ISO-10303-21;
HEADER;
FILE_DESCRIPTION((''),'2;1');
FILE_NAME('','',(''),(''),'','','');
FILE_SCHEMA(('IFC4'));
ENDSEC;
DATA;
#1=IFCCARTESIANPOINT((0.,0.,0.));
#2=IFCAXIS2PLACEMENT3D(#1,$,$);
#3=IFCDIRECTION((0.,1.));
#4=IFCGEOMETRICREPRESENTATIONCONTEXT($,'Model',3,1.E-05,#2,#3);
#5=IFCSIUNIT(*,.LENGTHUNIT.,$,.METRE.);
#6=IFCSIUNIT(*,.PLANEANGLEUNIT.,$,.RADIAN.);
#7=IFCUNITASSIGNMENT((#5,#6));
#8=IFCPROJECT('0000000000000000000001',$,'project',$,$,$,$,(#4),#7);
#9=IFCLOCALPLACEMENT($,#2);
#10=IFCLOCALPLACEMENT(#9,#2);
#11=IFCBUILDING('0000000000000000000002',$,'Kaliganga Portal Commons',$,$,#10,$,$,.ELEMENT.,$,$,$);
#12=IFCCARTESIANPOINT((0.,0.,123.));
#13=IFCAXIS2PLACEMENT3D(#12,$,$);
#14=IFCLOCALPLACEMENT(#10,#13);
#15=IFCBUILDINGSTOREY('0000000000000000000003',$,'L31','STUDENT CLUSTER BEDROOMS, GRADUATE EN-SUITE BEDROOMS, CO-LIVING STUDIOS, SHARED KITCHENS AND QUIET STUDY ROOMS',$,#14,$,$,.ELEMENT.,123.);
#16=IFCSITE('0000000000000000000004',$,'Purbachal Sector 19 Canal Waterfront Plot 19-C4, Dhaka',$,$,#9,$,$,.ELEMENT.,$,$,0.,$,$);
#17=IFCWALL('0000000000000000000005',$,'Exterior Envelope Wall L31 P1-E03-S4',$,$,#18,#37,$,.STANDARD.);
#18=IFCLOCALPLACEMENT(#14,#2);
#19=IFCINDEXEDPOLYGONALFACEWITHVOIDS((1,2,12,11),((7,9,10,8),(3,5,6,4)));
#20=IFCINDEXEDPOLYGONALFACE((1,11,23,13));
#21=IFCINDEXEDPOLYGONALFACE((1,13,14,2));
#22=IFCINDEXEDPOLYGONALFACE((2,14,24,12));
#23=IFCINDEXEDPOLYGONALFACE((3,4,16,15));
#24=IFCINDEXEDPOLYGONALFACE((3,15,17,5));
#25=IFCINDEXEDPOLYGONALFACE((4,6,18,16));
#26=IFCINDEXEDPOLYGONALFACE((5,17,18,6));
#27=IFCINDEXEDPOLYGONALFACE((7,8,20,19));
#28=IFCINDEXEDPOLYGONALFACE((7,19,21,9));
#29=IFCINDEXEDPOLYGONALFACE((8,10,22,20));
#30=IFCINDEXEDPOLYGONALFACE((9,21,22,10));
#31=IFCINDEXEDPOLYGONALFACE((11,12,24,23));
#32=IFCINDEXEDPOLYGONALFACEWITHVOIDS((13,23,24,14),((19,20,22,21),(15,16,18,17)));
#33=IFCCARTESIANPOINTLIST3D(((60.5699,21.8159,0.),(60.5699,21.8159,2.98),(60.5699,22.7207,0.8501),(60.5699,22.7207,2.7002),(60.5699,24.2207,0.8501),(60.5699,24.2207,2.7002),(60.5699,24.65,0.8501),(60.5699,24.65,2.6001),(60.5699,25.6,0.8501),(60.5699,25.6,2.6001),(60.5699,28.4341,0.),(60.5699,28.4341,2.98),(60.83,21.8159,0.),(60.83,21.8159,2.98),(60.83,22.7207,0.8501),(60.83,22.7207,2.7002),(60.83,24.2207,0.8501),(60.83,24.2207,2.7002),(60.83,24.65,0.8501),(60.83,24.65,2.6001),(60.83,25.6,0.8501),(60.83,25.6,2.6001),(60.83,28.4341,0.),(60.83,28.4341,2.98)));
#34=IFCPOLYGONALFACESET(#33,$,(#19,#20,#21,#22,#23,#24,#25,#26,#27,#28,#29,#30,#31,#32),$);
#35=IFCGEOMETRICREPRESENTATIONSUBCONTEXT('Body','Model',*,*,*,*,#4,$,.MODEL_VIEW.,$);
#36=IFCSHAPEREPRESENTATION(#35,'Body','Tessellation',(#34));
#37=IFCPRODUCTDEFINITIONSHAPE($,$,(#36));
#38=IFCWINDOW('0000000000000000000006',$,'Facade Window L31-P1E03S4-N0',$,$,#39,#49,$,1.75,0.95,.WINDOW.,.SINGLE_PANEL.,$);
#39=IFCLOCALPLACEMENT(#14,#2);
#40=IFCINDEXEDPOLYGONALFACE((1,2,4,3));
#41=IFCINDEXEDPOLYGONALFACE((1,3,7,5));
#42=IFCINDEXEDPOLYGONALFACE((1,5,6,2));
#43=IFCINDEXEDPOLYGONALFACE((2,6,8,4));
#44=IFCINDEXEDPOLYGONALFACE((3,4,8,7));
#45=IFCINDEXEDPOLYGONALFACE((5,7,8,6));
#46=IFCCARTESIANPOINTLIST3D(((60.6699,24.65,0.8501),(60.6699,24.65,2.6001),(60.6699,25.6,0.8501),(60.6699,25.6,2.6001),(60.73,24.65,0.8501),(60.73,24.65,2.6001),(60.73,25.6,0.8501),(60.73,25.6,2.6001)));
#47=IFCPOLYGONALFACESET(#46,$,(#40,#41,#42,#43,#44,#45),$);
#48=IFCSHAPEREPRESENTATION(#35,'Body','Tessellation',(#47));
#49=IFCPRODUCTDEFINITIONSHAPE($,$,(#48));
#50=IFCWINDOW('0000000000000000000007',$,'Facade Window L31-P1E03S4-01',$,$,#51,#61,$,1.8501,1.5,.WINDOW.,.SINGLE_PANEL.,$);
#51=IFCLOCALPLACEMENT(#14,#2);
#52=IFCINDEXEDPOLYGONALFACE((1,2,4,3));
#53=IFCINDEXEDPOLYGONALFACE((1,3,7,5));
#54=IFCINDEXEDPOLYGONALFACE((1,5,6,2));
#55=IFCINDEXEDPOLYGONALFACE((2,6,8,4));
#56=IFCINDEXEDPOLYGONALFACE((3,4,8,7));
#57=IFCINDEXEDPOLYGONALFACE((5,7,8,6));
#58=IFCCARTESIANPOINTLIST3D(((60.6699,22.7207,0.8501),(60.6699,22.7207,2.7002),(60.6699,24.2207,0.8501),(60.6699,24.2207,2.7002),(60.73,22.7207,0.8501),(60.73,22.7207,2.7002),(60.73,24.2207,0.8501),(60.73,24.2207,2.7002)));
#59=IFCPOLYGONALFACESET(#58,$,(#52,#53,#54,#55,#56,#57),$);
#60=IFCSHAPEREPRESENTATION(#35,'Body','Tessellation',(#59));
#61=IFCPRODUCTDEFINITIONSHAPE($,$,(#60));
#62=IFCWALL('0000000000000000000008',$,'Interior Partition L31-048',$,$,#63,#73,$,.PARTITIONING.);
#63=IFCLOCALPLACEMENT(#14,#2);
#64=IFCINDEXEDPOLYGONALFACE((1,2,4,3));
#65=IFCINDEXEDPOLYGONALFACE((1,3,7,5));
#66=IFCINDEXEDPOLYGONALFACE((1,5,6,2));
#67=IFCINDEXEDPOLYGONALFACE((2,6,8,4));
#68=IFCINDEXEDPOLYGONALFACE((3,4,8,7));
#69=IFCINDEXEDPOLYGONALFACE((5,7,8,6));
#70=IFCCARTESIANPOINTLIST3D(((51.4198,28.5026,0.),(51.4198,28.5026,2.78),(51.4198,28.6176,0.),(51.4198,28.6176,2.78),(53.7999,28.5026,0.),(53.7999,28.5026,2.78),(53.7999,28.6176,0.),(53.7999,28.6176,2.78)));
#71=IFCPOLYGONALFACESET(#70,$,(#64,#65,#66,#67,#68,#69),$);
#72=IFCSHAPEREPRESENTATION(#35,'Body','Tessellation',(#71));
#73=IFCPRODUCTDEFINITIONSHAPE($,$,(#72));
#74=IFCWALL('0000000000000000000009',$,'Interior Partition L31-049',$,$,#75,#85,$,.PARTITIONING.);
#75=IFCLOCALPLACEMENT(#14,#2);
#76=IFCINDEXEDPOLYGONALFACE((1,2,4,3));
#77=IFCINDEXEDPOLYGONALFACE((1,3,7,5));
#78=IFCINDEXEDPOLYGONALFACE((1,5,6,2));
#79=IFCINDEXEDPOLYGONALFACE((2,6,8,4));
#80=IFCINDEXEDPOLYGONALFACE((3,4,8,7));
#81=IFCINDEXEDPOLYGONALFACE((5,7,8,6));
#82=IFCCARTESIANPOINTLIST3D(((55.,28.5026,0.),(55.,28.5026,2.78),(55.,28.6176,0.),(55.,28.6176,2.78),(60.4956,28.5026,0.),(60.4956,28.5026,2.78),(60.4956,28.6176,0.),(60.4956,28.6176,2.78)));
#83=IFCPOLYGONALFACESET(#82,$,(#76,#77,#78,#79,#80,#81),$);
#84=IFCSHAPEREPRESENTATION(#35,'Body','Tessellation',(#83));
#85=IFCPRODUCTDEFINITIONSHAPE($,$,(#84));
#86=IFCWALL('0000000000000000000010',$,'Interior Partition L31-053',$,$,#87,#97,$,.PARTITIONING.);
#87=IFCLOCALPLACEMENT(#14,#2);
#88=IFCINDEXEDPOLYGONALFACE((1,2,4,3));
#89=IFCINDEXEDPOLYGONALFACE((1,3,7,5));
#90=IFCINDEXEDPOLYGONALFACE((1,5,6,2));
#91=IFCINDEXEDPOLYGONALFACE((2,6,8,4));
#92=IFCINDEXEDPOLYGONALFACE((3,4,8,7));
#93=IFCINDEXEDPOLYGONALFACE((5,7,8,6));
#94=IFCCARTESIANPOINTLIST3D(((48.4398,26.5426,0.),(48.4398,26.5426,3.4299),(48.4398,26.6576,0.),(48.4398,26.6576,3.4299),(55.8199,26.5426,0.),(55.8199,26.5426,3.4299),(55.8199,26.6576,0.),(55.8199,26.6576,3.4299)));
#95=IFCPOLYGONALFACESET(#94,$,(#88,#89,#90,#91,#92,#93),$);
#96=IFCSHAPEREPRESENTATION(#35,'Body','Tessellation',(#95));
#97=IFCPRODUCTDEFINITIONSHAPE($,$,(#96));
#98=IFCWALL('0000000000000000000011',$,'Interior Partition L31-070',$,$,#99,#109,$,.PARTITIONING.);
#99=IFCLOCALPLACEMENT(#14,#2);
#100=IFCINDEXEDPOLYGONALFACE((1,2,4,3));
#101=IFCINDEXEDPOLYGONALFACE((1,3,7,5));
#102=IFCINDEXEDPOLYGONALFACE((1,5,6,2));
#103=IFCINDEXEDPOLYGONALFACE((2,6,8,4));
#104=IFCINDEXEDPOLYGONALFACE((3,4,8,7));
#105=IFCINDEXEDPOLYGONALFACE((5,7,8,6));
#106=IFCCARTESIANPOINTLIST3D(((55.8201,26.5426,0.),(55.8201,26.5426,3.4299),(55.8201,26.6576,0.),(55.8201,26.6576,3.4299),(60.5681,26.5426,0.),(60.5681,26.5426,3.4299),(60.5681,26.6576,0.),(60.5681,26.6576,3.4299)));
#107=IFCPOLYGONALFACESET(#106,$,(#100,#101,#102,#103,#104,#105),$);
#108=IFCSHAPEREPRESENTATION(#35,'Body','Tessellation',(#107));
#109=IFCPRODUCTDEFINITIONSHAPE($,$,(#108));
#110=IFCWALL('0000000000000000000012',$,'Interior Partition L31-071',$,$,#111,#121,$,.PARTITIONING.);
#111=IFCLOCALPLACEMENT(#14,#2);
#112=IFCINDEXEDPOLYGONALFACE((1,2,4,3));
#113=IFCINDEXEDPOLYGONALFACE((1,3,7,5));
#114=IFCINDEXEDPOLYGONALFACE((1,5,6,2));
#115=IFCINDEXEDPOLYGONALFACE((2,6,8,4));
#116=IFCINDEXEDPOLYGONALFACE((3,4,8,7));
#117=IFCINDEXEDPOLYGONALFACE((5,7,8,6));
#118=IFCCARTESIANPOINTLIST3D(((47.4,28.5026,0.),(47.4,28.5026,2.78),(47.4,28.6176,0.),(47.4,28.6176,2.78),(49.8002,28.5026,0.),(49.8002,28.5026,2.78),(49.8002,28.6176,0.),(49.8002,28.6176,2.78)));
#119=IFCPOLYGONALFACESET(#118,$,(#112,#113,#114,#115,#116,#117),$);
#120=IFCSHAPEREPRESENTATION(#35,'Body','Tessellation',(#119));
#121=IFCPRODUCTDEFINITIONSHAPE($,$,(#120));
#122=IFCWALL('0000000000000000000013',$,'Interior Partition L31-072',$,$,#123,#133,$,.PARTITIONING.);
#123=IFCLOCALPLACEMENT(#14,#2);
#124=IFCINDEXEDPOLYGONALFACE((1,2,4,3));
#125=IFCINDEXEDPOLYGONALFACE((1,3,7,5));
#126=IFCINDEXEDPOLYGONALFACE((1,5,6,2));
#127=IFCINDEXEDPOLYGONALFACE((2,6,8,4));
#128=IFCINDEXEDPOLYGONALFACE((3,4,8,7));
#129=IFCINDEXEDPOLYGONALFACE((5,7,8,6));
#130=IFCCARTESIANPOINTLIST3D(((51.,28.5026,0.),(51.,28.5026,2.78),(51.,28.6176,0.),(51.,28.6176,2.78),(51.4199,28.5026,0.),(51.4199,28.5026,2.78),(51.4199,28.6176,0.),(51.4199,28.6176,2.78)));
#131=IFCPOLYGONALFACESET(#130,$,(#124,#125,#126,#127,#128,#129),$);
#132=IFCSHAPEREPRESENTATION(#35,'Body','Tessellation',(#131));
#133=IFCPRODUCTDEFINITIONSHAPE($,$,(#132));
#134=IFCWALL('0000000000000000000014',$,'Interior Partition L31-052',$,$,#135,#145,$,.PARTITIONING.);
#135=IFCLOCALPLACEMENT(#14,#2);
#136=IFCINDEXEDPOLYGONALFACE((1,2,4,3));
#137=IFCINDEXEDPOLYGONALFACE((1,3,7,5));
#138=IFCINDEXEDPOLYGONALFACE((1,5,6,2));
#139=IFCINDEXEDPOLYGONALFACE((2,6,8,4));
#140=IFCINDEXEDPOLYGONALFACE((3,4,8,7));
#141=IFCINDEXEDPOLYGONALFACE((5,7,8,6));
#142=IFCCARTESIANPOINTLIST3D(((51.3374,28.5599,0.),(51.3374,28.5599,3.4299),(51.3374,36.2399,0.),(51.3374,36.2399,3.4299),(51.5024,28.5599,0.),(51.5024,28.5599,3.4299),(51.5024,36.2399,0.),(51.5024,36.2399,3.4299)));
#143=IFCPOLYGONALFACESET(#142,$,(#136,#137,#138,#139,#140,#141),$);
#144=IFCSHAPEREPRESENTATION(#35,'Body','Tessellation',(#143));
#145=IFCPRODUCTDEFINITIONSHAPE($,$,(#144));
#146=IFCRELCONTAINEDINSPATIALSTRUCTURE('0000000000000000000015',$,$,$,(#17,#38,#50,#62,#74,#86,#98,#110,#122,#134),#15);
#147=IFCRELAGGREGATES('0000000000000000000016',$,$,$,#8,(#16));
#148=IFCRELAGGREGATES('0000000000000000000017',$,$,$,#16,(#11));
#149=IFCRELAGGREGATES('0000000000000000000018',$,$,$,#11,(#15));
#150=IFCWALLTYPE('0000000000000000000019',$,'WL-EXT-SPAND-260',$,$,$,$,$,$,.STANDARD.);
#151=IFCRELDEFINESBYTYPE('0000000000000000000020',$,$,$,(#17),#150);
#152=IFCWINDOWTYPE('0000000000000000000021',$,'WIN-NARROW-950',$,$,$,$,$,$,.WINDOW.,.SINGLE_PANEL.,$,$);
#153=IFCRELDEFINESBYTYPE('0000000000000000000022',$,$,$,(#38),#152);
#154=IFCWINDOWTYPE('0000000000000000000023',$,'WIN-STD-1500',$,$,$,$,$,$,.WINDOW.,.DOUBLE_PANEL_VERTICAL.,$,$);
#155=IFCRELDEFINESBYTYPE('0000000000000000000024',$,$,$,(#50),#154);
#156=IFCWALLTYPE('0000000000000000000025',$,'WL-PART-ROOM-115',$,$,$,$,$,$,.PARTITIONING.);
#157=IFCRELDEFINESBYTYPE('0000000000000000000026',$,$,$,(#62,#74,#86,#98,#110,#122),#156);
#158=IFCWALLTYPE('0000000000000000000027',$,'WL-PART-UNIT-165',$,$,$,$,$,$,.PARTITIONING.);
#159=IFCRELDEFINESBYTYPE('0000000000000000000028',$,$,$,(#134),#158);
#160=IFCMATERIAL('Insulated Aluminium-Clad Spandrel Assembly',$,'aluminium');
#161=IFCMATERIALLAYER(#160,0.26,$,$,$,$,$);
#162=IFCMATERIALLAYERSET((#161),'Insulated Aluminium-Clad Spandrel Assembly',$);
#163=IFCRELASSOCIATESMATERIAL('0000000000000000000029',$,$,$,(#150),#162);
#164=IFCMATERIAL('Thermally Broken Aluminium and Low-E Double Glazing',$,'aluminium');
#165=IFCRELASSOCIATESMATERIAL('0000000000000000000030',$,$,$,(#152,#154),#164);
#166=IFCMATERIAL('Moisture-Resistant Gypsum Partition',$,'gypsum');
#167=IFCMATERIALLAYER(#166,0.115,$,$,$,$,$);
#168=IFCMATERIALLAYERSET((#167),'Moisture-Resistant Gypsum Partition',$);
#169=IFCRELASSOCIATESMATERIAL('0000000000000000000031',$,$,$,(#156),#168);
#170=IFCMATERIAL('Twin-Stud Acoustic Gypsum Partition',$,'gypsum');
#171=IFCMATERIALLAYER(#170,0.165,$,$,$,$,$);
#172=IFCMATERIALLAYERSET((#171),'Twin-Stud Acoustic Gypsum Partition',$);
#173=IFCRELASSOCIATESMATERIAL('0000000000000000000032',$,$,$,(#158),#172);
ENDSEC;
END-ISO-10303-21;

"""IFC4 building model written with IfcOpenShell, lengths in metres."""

from ifc_helpers import new_model, si_unit, direction, frame, frame_2d, origin, place, context, subcontext, project, spatial, rectangle, extrude, material, layer, layer_set, type_object, element, fill, save


model = new_model("IFC4")

# Units and contexts
model_context = context("Model", 3, precision=1e-05, world=origin(), true_north=direction((0.0, 1.0)))
body_context = subcontext(model_context, "Body", "Model", "MODEL_VIEW")
ifc_project = project(units=[si_unit("LENGTHUNIT", "METRE"), si_unit("PLANEANGLEUNIT", "RADIAN")], contexts=[model_context])

# Site, building, storey
site_placement = place(None, origin())
site = spatial("IfcSite", under=ifc_project, at=site_placement, Name="Purbachal Sector 19 Canal Waterfront Plot 19-C4, Dhaka", CompositionType="ELEMENT", RefElevation=0.0)
building_placement = place(site_placement, origin())
building = spatial("IfcBuilding", under=site, at=building_placement, Name="Kaliganga Portal Commons", CompositionType="ELEMENT")
storey_placement = place(building_placement, frame((0.0, 0.0, 123.0)))
storey = spatial("IfcBuildingStorey", under=building, at=storey_placement, Name="L31", Description="STUDENT CLUSTER BEDROOMS, GRADUATE EN-SUITE BEDROOMS, CO-LIVING STUDIOS, SHARED KITCHENS AND QUIET STUDY ROOMS", CompositionType="ELEMENT", Elevation=123.0)

# Wall, openings, windows
ifc_material_1 = material(Name="Insulated Aluminium-Clad Spandrel Assembly", Category="aluminium")
ifc_layer_1 = layer(ifc_material_1, 0.26)
ifc_layer_set_1 = layer_set([ifc_layer_1], Name="Insulated Aluminium-Clad Spandrel Assembly")
wall_type_1 = type_object("IfcWallType", Name="WL-EXT-SPAND-260", PredefinedType="STANDARD", material=ifc_layer_set_1)
wall_1_placement = place(storey_placement, frame((60.7, 28.4341, 0.0), z_axis=(0.0, 0.0, 1.0), x_axis=(0.0, -1.0, 0.0)))
wall_1 = element("IfcWall", 1, at=wall_1_placement, inside=storey, type_object=wall_type_1, Name="Exterior Envelope Wall L31 P1-E03-S4", PredefinedType="STANDARD", context=body_context, shape_type="SweptSolid", body=[
    extrude(rectangle(XDim=6.6182, YDim=0.26, at=frame_2d((3.3091, 0.0))), origin(), (0.0, 0.0, 1.0), 2.98),
])
opening_1_placement = place(wall_1_placement, frame((4.2134, 0.0, 0.8501)))
opening_1 = element("IfcOpeningElement", 2, at=opening_1_placement, cuts=wall_1, PredefinedType="OPENING", context=body_context, shape_type="SweptSolid", body=[
    extrude(rectangle(XDim=1.5, YDim=1.8501, at=frame_2d((0.75, 0.925))), frame((0.0, 0.1401, 0.0), z_axis=(0.0, -1.0, 0.0), x_axis=(1.0, 0.0, 0.0)), (0.0, 0.0, 1.0), 0.28),
])
opening_2_placement = place(wall_1_placement, frame((2.834, 0.0, 0.8501)))
opening_2 = element("IfcOpeningElement", 3, at=opening_2_placement, cuts=wall_1, PredefinedType="OPENING", context=body_context, shape_type="SweptSolid", body=[
    extrude(rectangle(XDim=0.95, YDim=1.75, at=frame_2d((0.4751, 0.875))), frame((0.0, 0.1401, 0.0), z_axis=(0.0, -1.0, 0.0), x_axis=(1.0, 0.0, 0.0)), (0.0, 0.0, 1.0), 0.28),
])
ifc_material_2 = material(Name="Thermally Broken Aluminium and Low-E Double Glazing", Category="aluminium")
window_type_1 = type_object("IfcWindowType", Name="WIN-NARROW-950", PartitioningType="SINGLE_PANEL", PredefinedType="WINDOW", material=ifc_material_2)
window_1_placement = place(opening_2_placement, origin())
window_1 = element("IfcWindow", 4, at=window_1_placement, inside=storey, type_object=window_type_1, Name="Facade Window L31-P1E03S4-N0", OverallHeight=1.75, OverallWidth=0.95, PartitioningType="SINGLE_PANEL", PredefinedType="WINDOW", context=body_context, shape_type="SweptSolid", body=[
    extrude(rectangle(XDim=0.95, YDim=1.75, at=frame_2d((0.4751, 0.875))), frame((0.0, 0.03, 0.0), z_axis=(0.0, -1.0, 0.0), x_axis=(1.0, 0.0, 0.0)), (0.0, 0.0, 1.0), 0.0601),
])
fill(opening_2, window_1)
window_type_2 = type_object("IfcWindowType", Name="WIN-STD-1500", PartitioningType="DOUBLE_PANEL_VERTICAL", PredefinedType="WINDOW", material=ifc_material_2)
window_2_placement = place(opening_1_placement, origin())
window_2 = element("IfcWindow", 5, at=window_2_placement, inside=storey, type_object=window_type_2, Name="Facade Window L31-P1E03S4-01", OverallHeight=1.8501, OverallWidth=1.5, PartitioningType="SINGLE_PANEL", PredefinedType="WINDOW", context=body_context, shape_type="SweptSolid", body=[
    extrude(rectangle(XDim=1.5, YDim=1.8501, at=frame_2d((0.75, 0.925))), frame((0.0, 0.03, 0.0), z_axis=(0.0, -1.0, 0.0), x_axis=(1.0, 0.0, 0.0)), (0.0, 0.0, 1.0), 0.0601),
])
fill(opening_1, window_2)

# Walls
ifc_material_3 = material(Name="Moisture-Resistant Gypsum Partition", Category="gypsum")
ifc_layer_2 = layer(ifc_material_3, 0.115)
ifc_layer_set_2 = layer_set([ifc_layer_2], Name="Moisture-Resistant Gypsum Partition")
wall_type_2 = type_object("IfcWallType", Name="WL-PART-ROOM-115", PredefinedType="PARTITIONING", material=ifc_layer_set_2)
wall_2_placement = place(storey_placement, frame((51.4199, 28.5601, 0.0), z_axis=(0.0, 0.0, 1.0), x_axis=(1.0, 0.0, 0.0)))
element("IfcWall", 6, at=wall_2_placement, inside=storey, type_object=wall_type_2, Name="Interior Partition L31-048", PredefinedType="PARTITIONING", context=body_context, shape_type="SweptSolid", body=[
    extrude(rectangle(XDim=2.3801, YDim=0.115, at=frame_2d((1.1899, 0.0))), origin(), (0.0, 0.0, 1.0), 2.78),
])
wall_3_placement = place(storey_placement, frame((55.0, 28.5601, 0.0), z_axis=(0.0, 0.0, 1.0), x_axis=(1.0, 0.0, 0.0)))
element("IfcWall", 7, at=wall_3_placement, inside=storey, type_object=wall_type_2, Name="Interior Partition L31-049", PredefinedType="PARTITIONING", context=body_context, shape_type="SweptSolid", body=[
    extrude(rectangle(XDim=5.4956, YDim=0.115, at=frame_2d((2.7478, 0.0))), origin(), (0.0, 0.0, 1.0), 2.78),
])
wall_4_placement = place(storey_placement, frame((48.4399, 26.6001, 0.0), z_axis=(0.0, 0.0, 1.0), x_axis=(1.0, 0.0, 0.0)))
element("IfcWall", 8, at=wall_4_placement, inside=storey, type_object=wall_type_2, Name="Interior Partition L31-053", PredefinedType="PARTITIONING", context=body_context, shape_type="SweptSolid", body=[
    extrude(rectangle(XDim=7.3801, YDim=0.115, at=frame_2d((3.6899, 0.0))), origin(), (0.0, 0.0, 1.0), 3.4299),
])
wall_5_placement = place(storey_placement, frame((55.8201, 26.6001, 0.0), z_axis=(0.0, 0.0, 1.0), x_axis=(1.0, 0.0, 0.0)))
element("IfcWall", 9, at=wall_5_placement, inside=storey, type_object=wall_type_2, Name="Interior Partition L31-070", PredefinedType="PARTITIONING", context=body_context, shape_type="SweptSolid", body=[
    extrude(rectangle(XDim=4.748, YDim=0.115, at=frame_2d((2.374, 0.0))), origin(), (0.0, 0.0, 1.0), 3.4299),
])
wall_6_placement = place(storey_placement, frame((47.3999, 28.5601, 0.0), z_axis=(0.0, 0.0, 1.0), x_axis=(1.0, 0.0, 0.0)))
element("IfcWall", 10, at=wall_6_placement, inside=storey, type_object=wall_type_2, Name="Interior Partition L31-071", PredefinedType="PARTITIONING", context=body_context, shape_type="SweptSolid", body=[
    extrude(rectangle(XDim=2.4001, YDim=0.115, at=frame_2d((1.2002, 0.0))), origin(), (0.0, 0.0, 1.0), 2.78),
])
wall_7_placement = place(storey_placement, frame((51.0, 28.5601, 0.0), z_axis=(0.0, 0.0, 1.0), x_axis=(1.0, 0.0, 0.0)))
element("IfcWall", 11, at=wall_7_placement, inside=storey, type_object=wall_type_2, Name="Interior Partition L31-072", PredefinedType="PARTITIONING", context=body_context, shape_type="SweptSolid", body=[
    extrude(rectangle(XDim=0.4199, YDim=0.115, at=frame_2d((0.21, 0.0))), origin(), (0.0, 0.0, 1.0), 2.78),
])
ifc_material_4 = material(Name="Twin-Stud Acoustic Gypsum Partition", Category="gypsum")
ifc_layer_3 = layer(ifc_material_4, 0.165)
ifc_layer_set_3 = layer_set([ifc_layer_3], Name="Twin-Stud Acoustic Gypsum Partition")
wall_type_3 = type_object("IfcWallType", Name="WL-PART-UNIT-165", PredefinedType="PARTITIONING", material=ifc_layer_set_3)
wall_8_placement = place(storey_placement, frame((51.4199, 28.5601, 0.0), z_axis=(0.0, 0.0, 1.0), x_axis=(0.0, 1.0, 0.0)))
element("IfcWall", 12, at=wall_8_placement, inside=storey, type_object=wall_type_3, Name="Interior Partition L31-052", PredefinedType="PARTITIONING", context=body_context, shape_type="SweptSolid", body=[
    extrude(rectangle(XDim=7.6799, YDim=0.165, at=frame_2d((3.8398, 0.0))), origin(), (0.0, 0.0, 1.0), 3.4299),
])

save(model, "model.ifc")
